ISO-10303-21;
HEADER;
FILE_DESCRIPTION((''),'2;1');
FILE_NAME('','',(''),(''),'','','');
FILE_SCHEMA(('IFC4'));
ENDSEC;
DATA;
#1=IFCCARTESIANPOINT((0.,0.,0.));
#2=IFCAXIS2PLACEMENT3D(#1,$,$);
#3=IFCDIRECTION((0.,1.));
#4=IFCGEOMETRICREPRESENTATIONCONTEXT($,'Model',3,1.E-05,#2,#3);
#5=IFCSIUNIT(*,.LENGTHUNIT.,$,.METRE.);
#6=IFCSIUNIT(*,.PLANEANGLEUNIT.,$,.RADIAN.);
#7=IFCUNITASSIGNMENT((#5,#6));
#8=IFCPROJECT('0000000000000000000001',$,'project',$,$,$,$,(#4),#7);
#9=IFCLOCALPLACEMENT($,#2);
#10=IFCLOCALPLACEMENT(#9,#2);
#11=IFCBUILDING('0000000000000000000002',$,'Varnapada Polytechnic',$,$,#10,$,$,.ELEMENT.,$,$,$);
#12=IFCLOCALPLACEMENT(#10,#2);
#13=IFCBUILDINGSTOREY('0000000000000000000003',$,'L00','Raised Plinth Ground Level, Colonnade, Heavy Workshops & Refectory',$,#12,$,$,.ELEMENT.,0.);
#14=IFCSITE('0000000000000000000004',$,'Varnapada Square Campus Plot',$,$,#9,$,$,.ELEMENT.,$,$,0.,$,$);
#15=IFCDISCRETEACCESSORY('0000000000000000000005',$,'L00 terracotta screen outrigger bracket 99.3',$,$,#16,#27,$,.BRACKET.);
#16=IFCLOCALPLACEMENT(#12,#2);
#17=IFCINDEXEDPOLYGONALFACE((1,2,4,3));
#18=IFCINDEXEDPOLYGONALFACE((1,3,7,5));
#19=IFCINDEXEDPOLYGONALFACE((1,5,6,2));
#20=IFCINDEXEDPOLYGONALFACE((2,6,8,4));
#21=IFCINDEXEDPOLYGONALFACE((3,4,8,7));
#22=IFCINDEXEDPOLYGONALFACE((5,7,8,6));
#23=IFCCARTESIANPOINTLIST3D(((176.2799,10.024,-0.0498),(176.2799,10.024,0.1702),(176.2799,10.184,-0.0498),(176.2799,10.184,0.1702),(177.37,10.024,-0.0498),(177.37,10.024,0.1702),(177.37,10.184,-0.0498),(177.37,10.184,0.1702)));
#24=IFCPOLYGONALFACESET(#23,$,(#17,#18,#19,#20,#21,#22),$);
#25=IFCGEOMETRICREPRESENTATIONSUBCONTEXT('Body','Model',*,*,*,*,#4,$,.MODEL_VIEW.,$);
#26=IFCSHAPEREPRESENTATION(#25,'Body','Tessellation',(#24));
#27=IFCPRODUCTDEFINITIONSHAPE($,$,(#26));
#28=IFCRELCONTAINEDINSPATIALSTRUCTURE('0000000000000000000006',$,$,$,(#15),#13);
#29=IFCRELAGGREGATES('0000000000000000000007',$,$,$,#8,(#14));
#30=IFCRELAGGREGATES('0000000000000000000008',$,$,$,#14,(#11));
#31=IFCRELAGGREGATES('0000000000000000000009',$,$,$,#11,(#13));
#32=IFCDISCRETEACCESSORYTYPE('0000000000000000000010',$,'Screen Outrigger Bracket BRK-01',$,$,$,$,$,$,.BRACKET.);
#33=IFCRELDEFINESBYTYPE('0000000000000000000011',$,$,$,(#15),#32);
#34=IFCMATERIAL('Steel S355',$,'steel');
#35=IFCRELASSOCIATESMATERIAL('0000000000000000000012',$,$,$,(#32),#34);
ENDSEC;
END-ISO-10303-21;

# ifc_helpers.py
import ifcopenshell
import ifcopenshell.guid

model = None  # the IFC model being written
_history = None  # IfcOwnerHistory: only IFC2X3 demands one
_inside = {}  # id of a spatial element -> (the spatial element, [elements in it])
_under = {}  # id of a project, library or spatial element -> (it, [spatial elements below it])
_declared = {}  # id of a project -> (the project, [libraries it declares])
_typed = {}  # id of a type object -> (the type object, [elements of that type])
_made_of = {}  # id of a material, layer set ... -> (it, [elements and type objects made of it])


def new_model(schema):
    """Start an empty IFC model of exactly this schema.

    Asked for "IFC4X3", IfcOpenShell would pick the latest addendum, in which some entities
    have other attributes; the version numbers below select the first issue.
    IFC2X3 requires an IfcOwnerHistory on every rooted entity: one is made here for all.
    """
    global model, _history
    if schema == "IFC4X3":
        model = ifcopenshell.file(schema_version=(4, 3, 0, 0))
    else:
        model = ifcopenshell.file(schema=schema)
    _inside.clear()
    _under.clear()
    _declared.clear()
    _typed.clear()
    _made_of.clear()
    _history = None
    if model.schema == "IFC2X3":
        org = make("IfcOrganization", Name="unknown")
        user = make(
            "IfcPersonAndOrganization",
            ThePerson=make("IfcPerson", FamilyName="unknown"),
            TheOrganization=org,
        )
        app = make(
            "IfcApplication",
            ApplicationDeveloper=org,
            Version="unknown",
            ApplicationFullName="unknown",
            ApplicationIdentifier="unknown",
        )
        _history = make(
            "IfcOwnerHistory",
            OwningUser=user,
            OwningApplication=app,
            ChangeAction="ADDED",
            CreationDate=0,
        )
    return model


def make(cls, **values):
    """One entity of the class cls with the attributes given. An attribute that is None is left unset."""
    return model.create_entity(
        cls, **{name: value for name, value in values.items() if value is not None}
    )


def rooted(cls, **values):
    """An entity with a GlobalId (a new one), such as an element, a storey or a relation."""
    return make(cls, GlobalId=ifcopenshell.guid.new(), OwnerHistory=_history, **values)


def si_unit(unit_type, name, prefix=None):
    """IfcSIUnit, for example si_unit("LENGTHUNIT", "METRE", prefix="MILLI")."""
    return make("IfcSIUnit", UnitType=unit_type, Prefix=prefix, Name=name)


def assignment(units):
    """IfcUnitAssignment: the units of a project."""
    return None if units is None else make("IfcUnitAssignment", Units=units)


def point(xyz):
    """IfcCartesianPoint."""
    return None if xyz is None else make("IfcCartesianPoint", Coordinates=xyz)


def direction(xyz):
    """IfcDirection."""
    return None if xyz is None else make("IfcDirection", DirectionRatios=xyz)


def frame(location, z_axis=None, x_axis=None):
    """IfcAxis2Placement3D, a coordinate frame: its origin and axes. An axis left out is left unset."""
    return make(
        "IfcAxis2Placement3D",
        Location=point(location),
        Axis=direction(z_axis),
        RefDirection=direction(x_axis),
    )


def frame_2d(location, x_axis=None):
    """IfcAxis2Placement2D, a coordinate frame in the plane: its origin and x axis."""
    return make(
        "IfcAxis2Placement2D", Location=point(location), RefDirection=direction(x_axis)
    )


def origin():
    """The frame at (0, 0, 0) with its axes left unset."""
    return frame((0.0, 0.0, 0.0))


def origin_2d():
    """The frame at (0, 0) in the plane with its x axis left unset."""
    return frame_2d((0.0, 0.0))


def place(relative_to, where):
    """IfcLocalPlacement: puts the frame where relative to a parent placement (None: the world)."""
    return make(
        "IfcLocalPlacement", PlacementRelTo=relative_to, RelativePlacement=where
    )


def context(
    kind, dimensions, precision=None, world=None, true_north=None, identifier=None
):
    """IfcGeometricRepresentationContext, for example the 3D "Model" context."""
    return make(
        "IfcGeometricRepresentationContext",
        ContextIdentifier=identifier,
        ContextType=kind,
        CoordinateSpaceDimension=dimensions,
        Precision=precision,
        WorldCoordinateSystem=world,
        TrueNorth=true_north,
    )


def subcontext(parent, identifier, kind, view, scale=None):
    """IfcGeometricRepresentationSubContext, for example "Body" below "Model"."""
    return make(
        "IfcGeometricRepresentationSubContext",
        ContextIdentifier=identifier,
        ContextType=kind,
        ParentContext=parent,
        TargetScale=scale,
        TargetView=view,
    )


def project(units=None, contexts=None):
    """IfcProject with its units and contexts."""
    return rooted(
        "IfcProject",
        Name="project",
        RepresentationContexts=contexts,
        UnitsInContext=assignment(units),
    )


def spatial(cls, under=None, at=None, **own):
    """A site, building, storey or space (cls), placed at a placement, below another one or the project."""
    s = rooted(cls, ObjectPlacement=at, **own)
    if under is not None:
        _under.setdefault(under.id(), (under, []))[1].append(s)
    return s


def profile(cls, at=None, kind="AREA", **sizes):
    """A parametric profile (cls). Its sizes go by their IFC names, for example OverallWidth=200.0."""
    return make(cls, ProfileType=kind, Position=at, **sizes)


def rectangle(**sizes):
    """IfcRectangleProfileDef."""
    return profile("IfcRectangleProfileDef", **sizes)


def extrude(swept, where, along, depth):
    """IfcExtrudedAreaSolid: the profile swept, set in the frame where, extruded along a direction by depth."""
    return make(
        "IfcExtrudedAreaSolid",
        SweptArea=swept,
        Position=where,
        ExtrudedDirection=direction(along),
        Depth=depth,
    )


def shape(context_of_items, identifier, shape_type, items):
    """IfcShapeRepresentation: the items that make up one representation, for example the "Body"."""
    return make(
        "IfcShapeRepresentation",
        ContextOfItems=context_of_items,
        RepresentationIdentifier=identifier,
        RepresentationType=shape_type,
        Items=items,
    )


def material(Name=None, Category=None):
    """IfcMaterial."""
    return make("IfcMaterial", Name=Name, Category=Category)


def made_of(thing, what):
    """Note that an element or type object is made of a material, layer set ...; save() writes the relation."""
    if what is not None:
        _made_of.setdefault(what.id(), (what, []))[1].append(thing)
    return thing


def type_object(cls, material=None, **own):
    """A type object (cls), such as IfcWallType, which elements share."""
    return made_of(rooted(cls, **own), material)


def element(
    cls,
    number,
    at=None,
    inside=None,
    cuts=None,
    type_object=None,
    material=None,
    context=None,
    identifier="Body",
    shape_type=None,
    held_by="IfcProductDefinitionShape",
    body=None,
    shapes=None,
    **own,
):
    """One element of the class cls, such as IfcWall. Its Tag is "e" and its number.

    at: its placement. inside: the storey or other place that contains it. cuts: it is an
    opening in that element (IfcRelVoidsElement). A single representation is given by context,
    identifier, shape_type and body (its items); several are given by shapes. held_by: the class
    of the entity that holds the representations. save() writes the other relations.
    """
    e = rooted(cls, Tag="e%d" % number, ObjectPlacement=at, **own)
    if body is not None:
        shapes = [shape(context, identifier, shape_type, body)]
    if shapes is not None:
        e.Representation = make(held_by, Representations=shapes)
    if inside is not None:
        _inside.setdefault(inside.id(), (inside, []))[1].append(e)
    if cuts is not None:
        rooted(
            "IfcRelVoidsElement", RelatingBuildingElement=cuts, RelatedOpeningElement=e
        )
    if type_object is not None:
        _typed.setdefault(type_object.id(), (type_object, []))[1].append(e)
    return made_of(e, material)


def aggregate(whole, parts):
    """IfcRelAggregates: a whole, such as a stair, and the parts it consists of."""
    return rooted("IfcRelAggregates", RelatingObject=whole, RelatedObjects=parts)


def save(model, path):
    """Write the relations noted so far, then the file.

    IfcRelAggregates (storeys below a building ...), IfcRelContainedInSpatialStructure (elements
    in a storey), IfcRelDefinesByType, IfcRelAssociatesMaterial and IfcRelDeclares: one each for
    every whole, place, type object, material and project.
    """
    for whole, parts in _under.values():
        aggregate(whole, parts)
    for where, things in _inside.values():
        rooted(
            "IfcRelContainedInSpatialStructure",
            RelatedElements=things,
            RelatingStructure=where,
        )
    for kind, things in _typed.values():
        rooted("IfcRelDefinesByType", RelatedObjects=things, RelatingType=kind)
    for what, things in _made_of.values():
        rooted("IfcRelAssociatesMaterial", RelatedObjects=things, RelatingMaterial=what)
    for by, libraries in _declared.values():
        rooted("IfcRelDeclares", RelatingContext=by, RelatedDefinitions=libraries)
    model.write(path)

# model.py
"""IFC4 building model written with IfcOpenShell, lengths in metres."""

from ifc_helpers import new_model, si_unit, direction, frame, origin, origin_2d, place, context, subcontext, project, spatial, rectangle, extrude, material, type_object, element, save


model = new_model("IFC4")

# Units and contexts
model_context = context("Model", 3, precision=1e-05, world=origin(), true_north=direction((0.0, 1.0)))
body_context = subcontext(model_context, "Body", "Model", "MODEL_VIEW")
ifc_project = project(units=[si_unit("LENGTHUNIT", "METRE"), si_unit("PLANEANGLEUNIT", "RADIAN")], contexts=[model_context])

# Site, building, storey
site_placement = place(None, origin())
site = spatial("IfcSite", under=ifc_project, at=site_placement, Name="Varnapada Square Campus Plot", CompositionType="ELEMENT", RefElevation=0.0)
building_placement = place(site_placement, origin())
building = spatial("IfcBuilding", under=site, at=building_placement, Name="Varnapada Polytechnic", CompositionType="ELEMENT")
storey_placement = place(building_placement, origin())
storey = spatial("IfcBuildingStorey", under=building, at=storey_placement, Name="L00", Description="Raised Plinth Ground Level, Colonnade, Heavy Workshops & Refectory", CompositionType="ELEMENT", Elevation=0.0)

# Discrete accessory
ifc_material_1 = material(Name="Steel S355", Category="steel")
discrete_accessory_type = type_object("IfcDiscreteAccessoryType", Name="Screen Outrigger Bracket BRK-01", PredefinedType="BRACKET", material=ifc_material_1)
for number, where, z_axis, x_axis, name in (
    (1, (176.825, 10.104, -0.0498), (0.0, 0.0, 1.0), (0.0, -1.0, 0.0), "L00 terracotta screen outrigger bracket 99.3"),
):
    element("IfcDiscreteAccessory", number, at=place(storey_placement, frame(where, z_axis=z_axis, x_axis=x_axis)), inside=storey, type_object=discrete_accessory_type, Name=name, PredefinedType="BRACKET", context=body_context, shape_type="SweptSolid", body=[
        extrude(rectangle(XDim=0.1599, YDim=1.0901, at=origin_2d()), origin(), (0.0, 0.0, 1.0), 0.22),
    ])

save(model, "model.ifc")
